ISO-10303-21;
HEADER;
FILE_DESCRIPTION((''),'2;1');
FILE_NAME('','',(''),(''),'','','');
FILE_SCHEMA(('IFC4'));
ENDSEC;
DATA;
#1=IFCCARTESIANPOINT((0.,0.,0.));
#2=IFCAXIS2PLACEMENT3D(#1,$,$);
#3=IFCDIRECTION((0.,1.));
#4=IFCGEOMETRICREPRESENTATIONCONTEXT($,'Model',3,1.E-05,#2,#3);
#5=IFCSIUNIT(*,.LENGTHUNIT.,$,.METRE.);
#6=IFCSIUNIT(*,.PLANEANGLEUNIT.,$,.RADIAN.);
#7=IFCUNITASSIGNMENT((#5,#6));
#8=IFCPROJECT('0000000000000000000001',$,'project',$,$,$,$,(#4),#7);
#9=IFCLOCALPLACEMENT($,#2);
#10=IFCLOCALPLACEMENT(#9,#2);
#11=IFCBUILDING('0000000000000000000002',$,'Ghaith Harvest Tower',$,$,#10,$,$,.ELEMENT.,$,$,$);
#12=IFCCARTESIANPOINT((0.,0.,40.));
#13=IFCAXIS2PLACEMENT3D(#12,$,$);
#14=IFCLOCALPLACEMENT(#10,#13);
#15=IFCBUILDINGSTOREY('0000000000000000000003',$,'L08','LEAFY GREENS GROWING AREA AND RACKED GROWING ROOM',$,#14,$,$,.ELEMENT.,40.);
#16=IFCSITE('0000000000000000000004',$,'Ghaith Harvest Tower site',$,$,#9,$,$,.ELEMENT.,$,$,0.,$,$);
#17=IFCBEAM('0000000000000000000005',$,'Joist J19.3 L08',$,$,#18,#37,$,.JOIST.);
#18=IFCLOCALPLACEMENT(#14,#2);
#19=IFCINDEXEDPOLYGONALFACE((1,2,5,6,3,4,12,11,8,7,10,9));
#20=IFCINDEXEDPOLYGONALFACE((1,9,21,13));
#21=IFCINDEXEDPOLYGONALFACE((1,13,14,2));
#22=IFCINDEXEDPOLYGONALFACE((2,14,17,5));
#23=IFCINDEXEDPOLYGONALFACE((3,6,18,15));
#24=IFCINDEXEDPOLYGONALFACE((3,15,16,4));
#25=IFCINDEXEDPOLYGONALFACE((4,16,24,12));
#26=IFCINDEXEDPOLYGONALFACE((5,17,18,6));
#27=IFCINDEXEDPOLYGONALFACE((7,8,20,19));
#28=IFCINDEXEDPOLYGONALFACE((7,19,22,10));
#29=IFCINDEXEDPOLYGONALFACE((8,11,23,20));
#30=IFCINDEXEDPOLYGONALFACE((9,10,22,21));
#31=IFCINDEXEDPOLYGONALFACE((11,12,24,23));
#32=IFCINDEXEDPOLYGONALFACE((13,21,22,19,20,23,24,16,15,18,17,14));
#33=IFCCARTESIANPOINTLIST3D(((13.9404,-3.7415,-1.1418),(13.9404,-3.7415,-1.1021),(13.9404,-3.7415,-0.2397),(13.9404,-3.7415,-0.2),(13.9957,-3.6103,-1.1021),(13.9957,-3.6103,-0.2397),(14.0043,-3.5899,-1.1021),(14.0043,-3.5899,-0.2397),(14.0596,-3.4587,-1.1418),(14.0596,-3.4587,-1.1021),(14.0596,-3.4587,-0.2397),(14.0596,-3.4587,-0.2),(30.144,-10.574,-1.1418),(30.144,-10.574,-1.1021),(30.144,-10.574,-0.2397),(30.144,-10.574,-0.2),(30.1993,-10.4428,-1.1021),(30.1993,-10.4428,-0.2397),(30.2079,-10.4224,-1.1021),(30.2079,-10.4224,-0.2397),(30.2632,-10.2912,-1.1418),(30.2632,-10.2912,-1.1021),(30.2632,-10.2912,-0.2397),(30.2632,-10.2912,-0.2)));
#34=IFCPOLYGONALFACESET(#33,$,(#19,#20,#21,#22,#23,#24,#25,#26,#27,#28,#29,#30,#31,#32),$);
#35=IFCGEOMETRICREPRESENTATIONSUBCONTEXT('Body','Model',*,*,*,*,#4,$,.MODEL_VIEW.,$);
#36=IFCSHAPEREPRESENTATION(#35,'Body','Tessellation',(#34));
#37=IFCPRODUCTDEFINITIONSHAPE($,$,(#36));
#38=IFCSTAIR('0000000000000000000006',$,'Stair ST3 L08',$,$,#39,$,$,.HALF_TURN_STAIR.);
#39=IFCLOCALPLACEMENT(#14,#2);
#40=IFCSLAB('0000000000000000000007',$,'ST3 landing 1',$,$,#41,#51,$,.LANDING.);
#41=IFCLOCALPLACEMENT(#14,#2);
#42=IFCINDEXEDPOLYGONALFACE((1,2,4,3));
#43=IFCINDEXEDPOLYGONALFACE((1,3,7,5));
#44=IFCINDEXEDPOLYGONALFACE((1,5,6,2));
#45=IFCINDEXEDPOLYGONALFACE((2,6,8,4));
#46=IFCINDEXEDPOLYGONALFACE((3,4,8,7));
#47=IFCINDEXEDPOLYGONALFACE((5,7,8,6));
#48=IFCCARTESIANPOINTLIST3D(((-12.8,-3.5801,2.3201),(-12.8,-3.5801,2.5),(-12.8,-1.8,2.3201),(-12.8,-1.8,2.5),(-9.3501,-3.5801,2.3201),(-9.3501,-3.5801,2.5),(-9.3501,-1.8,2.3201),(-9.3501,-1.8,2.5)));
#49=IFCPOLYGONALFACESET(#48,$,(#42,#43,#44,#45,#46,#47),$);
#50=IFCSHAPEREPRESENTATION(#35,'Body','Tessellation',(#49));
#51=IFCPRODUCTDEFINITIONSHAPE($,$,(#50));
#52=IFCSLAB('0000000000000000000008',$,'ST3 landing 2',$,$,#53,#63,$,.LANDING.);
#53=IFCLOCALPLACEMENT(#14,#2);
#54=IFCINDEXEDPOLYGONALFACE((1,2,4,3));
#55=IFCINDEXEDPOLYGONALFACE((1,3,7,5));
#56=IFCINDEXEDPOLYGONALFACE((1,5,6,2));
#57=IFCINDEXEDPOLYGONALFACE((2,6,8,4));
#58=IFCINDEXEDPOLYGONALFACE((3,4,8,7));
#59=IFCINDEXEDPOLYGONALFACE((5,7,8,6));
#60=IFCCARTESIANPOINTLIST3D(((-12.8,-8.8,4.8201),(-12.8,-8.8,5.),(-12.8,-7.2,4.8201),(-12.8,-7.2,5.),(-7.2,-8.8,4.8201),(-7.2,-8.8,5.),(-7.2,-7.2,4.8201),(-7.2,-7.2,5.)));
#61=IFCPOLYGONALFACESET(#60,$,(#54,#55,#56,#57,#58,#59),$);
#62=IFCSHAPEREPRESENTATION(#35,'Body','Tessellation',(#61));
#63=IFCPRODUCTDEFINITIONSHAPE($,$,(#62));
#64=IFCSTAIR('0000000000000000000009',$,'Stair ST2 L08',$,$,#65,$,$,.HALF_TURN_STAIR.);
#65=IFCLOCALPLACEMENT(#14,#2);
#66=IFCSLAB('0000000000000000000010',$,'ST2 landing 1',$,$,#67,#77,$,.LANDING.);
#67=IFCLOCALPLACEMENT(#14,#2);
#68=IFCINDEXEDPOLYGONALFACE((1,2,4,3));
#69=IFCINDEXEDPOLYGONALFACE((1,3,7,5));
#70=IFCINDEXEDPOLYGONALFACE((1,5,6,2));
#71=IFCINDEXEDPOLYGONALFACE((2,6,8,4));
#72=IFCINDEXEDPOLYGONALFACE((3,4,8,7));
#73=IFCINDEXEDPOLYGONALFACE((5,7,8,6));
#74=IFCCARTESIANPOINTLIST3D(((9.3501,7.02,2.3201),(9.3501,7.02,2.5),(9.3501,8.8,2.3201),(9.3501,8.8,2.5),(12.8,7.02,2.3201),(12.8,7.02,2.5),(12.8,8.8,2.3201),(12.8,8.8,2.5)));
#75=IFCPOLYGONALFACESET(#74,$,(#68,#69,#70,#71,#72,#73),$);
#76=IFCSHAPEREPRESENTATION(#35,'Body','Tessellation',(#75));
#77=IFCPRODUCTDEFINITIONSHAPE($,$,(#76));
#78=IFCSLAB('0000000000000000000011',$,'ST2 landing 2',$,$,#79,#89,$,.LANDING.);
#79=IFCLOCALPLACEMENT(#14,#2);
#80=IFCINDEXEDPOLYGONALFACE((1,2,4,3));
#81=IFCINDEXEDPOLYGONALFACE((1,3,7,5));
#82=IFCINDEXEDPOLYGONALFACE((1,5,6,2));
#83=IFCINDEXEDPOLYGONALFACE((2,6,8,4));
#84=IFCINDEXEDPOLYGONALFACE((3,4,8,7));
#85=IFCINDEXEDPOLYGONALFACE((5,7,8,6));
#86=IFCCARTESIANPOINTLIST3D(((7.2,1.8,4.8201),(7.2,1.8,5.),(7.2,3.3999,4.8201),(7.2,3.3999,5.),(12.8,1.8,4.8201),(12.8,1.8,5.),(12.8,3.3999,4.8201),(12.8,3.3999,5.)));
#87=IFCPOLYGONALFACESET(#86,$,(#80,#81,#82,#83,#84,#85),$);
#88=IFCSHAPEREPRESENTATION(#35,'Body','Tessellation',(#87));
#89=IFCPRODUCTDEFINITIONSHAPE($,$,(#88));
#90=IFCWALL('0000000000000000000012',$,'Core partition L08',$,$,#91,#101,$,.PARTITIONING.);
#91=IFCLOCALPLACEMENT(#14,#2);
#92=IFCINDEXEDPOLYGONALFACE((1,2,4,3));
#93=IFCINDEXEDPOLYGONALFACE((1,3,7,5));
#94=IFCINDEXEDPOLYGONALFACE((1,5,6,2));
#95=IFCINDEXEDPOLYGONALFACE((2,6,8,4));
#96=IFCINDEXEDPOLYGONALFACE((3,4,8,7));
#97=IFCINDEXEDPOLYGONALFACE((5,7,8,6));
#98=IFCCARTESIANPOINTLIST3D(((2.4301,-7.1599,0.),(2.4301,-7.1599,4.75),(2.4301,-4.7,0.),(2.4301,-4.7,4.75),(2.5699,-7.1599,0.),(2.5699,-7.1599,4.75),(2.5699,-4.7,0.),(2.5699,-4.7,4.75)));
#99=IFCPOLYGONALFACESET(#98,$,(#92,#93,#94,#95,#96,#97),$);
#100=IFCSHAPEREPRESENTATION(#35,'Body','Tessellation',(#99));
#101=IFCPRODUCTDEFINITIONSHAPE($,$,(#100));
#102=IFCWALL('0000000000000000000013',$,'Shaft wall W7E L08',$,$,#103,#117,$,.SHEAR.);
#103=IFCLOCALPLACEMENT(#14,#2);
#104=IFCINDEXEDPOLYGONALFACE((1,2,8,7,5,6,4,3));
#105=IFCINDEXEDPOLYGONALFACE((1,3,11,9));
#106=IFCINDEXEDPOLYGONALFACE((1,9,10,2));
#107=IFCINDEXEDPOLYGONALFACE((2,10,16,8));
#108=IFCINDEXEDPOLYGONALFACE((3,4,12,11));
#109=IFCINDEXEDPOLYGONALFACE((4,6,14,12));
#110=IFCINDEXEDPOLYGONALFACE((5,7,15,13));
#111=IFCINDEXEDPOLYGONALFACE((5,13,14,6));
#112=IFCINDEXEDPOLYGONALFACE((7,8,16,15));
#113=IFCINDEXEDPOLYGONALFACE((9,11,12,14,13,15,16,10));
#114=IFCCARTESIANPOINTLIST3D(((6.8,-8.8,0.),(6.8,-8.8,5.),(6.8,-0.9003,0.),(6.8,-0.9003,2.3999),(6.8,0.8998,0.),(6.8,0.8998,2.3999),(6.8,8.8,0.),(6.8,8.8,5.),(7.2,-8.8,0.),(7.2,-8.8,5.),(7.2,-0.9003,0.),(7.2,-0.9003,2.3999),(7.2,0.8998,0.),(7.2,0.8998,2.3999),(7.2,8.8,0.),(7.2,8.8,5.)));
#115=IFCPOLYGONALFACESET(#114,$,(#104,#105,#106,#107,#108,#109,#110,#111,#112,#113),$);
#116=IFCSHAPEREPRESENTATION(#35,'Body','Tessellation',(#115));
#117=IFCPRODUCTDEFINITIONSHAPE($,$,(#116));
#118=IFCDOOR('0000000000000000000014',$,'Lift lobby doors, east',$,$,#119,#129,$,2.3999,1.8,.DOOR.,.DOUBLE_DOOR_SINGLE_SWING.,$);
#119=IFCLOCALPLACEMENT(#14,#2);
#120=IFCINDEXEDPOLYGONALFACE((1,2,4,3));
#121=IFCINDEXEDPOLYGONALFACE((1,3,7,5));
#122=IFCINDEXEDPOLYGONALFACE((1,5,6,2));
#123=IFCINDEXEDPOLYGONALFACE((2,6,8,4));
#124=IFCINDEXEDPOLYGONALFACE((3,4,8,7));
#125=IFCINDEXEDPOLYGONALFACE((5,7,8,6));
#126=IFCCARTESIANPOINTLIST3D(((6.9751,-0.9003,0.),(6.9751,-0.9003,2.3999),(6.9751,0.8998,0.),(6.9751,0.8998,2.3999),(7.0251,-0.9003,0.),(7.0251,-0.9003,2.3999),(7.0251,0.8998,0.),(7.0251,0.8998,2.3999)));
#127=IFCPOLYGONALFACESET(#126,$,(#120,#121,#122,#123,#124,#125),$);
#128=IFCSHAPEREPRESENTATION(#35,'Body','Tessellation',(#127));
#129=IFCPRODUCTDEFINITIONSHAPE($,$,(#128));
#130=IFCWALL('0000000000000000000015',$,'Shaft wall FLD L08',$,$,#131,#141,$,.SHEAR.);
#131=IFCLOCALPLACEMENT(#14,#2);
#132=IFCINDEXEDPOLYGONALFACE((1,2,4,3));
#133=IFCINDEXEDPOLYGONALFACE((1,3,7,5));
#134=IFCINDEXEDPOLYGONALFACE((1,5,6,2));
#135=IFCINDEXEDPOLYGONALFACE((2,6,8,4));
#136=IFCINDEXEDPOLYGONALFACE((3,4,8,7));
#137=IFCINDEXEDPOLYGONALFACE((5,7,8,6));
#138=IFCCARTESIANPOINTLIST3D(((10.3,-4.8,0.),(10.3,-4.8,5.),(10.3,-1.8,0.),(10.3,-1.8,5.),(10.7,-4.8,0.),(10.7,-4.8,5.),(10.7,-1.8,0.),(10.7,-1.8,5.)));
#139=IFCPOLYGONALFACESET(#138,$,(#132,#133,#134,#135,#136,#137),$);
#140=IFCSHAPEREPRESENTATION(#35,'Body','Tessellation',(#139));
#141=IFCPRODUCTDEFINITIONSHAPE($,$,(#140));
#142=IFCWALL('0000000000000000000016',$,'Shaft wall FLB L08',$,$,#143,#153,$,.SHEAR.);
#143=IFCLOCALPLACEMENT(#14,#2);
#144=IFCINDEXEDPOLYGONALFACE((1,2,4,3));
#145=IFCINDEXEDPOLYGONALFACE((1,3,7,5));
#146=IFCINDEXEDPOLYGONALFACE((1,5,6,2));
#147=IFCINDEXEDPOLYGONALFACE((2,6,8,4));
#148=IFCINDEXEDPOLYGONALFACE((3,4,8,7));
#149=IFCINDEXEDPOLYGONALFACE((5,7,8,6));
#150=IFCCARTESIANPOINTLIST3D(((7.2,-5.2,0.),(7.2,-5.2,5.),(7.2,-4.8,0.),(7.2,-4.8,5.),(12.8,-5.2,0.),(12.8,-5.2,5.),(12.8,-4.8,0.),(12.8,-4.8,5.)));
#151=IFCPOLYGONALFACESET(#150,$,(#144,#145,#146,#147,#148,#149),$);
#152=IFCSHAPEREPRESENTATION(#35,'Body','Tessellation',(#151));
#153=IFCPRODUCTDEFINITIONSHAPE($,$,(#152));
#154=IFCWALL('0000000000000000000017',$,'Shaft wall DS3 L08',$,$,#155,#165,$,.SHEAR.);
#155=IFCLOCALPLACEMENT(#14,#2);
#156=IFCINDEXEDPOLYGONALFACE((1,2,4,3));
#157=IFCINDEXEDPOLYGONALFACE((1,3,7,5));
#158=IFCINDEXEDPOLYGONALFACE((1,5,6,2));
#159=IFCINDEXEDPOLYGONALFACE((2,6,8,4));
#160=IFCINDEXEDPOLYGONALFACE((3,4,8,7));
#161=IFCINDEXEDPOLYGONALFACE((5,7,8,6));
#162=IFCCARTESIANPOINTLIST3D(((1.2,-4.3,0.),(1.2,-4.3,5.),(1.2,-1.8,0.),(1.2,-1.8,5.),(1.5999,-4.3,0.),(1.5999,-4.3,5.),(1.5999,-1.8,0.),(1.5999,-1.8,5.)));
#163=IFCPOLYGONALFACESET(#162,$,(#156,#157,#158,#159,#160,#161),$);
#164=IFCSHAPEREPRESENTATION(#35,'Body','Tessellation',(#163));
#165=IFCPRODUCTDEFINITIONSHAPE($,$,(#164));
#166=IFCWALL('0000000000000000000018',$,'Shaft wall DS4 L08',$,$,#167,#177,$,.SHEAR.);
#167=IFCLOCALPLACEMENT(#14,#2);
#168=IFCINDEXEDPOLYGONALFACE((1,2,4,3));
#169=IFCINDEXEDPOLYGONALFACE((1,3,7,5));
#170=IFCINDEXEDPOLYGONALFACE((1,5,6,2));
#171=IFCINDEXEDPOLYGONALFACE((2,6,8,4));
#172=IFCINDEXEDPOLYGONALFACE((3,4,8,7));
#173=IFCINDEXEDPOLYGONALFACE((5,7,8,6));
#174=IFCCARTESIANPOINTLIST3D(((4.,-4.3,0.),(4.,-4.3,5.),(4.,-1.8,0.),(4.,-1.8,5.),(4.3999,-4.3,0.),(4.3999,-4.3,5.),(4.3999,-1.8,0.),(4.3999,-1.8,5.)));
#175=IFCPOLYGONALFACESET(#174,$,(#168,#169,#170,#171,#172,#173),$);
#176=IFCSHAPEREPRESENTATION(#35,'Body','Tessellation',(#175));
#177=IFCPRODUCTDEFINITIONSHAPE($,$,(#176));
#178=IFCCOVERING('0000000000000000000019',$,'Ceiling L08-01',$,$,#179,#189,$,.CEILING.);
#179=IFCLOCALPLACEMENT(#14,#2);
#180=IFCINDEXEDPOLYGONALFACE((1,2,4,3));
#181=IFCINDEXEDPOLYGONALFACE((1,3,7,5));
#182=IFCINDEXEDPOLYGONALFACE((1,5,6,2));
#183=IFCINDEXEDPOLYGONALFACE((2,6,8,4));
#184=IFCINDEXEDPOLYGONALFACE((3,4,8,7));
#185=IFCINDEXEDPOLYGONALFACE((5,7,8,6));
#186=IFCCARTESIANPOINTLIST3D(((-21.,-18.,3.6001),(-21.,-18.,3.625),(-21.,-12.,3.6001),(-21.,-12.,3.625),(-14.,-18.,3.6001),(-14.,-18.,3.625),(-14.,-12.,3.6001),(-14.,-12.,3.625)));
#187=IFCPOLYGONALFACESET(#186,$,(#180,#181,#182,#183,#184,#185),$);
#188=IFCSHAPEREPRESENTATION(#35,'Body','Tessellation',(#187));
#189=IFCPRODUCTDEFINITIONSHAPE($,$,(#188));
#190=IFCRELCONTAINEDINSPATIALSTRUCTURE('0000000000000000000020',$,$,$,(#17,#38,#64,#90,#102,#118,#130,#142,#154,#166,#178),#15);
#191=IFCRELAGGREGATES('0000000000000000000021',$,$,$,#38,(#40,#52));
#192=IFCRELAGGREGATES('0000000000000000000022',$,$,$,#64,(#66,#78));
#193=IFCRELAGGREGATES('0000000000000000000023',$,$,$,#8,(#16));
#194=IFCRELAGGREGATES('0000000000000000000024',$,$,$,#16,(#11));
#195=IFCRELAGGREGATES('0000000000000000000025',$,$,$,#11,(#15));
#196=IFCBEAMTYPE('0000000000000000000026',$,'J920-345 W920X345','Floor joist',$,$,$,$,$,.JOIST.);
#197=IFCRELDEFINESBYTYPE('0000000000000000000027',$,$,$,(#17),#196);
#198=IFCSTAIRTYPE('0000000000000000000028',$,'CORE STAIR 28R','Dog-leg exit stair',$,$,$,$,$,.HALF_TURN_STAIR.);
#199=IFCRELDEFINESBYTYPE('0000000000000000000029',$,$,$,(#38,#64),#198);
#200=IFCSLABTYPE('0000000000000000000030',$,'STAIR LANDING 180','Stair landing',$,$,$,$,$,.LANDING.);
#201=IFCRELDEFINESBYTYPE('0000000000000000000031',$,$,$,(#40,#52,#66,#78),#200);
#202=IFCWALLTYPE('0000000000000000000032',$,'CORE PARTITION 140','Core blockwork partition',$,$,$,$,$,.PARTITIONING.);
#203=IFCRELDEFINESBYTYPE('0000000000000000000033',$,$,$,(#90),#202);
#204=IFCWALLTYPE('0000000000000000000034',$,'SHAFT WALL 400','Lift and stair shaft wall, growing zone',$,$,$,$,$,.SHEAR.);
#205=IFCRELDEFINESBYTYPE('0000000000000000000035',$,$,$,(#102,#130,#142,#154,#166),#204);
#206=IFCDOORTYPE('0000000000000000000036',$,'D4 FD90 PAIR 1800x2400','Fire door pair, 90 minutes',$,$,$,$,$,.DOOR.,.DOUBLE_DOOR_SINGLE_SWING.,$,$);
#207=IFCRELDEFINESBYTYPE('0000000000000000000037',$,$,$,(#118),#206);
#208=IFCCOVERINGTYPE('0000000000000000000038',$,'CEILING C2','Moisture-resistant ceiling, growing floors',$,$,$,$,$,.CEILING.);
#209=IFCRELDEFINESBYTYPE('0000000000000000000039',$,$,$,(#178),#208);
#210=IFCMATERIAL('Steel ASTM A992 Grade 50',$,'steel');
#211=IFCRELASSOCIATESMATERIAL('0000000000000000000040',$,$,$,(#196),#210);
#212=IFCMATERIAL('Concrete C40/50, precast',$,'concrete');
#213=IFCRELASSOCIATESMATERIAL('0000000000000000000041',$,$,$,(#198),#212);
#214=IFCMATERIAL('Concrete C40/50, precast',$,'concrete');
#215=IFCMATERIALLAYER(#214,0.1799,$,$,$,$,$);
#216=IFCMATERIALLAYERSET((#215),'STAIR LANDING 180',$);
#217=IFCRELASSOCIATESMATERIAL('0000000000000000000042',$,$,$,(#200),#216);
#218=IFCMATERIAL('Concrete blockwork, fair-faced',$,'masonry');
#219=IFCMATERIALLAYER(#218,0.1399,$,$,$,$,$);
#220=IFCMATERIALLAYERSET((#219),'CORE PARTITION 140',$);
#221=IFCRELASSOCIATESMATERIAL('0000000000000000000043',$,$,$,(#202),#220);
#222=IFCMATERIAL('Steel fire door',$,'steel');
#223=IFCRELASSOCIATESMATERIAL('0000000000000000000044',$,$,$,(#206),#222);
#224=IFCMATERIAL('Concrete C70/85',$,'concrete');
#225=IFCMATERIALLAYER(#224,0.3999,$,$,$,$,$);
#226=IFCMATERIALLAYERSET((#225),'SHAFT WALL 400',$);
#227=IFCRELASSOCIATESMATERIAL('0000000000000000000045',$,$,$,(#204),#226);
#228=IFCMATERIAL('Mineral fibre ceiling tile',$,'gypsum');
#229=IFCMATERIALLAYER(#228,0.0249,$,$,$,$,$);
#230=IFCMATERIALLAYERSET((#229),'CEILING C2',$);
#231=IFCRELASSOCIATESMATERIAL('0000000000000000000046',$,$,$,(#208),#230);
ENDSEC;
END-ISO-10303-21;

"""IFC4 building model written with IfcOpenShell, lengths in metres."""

from ifc_helpers import new_model, si_unit, direction, frame, frame_2d, origin, origin_2d, place, context, subcontext, project, spatial, polyline, rectangle, i_section, outline, extrude, material, layer, layer_set, material_profile, profile_set, type_object, element, fill, aggregate, save


model = new_model("IFC4")

# Units and contexts
model_context = context("Model", 3, precision=1e-05, world=origin(), true_north=direction((0.0, 1.0)))
body_context = subcontext(model_context, "Body", "Model", "MODEL_VIEW")
ifc_project = project(units=[si_unit("LENGTHUNIT", "METRE"), si_unit("PLANEANGLEUNIT", "RADIAN")], contexts=[model_context])

# Site, building, storey
site_placement = place(None, origin())
site = spatial("IfcSite", under=ifc_project, at=site_placement, Name="Ghaith Harvest Tower site", CompositionType="ELEMENT", RefElevation=0.0)
building_placement = place(site_placement, origin())
building = spatial("IfcBuilding", under=site, at=building_placement, Name="Ghaith Harvest Tower", CompositionType="ELEMENT")
storey_placement = place(building_placement, frame((0.0, 0.0, 40.0)))
storey = spatial("IfcBuildingStorey", under=building, at=storey_placement, Name="L08", Description="LEAFY GREENS GROWING AREA AND RACKED GROWING ROOM", CompositionType="ELEMENT", Elevation=40.0)

# Beam
ifc_material_1 = material(Name="Steel ASTM A992 Grade 50", Category="steel")
ifc_material_profile_1 = material_profile(ifc_material_1, i_section(OverallWidth=0.3069, OverallDepth=0.9419, WebThickness=0.0222, FlangeThickness=0.0398, at=origin_2d()), Name="W920X345")
ifc_profile_set_1 = profile_set([ifc_material_profile_1], Name="Steel ASTM A992 Grade 50")
beam_type_1 = type_object("IfcBeamType", Name="J920-345 W920X345", Description="Floor joist", PredefinedType="JOIST", material=ifc_profile_set_1)
beam_1_placement = place(storey_placement, frame((14.0, -3.6001, -0.6709), z_axis=(0.921433, -0.388537, 0.0), x_axis=(0.388537, 0.921433, 0.0)))
element("IfcBeam", 1, at=beam_1_placement, inside=storey, type_object=beam_type_1, Name="Joist J19.3 L08", PredefinedType="JOIST", context=body_context, shape_type="SweptSolid", body=[
    extrude(i_section(OverallWidth=0.3069, OverallDepth=0.9419, WebThickness=0.0222, FlangeThickness=0.0398, at=origin_2d()), origin(), (0.0, 0.0, 1.0), 17.5852),
])

# Stairs, slabs
ifc_material_2 = material(Name="Concrete C40/50, precast", Category="concrete")
stair_type = type_object("IfcStairType", Name="CORE STAIR 28R", Description="Dog-leg exit stair", PredefinedType="HALF_TURN_STAIR", material=ifc_material_2)
stair_1_placement = place(storey_placement, origin())
stair_1 = element("IfcStair", 2, at=stair_1_placement, inside=storey, type_object=stair_type, Name="Stair ST3 L08", PredefinedType="HALF_TURN_STAIR")
ifc_material_3 = material(Name="Concrete C40/50, precast", Category="concrete")
ifc_layer_1 = layer(ifc_material_3, 0.1799)
ifc_layer_set_1 = layer_set([ifc_layer_1], Name="STAIR LANDING 180")
slab_type = type_object("IfcSlabType", Name="STAIR LANDING 180", Description="Stair landing", PredefinedType="LANDING", material=ifc_layer_set_1)
slab_1_placement = place(storey_placement, frame((0.0, 0.0, 2.3201)))
slab_1 = element("IfcSlab", 3, at=slab_1_placement, type_object=slab_type, Name="ST3 landing 1", PredefinedType="LANDING", context=body_context, shape_type="SweptSolid", body=[
    extrude(outline(polyline([(-12.8, -3.5801), (-12.8, -1.8), (-9.3501, -1.8), (-9.3501, -3.5801), (-12.8, -3.5801)])), origin(), (0.0, 0.0, 1.0), 0.1799),
])
slab_2_placement = place(storey_placement, frame((0.0, 0.0, 4.8201)))
slab_2 = element("IfcSlab", 4, at=slab_2_placement, type_object=slab_type, Name="ST3 landing 2", PredefinedType="LANDING", context=body_context, shape_type="SweptSolid", body=[
    extrude(outline(polyline([(-12.8, -8.8), (-12.8, -7.2), (-7.2, -7.2), (-7.2, -8.8), (-12.8, -8.8)])), origin(), (0.0, 0.0, 1.0), 0.1799),
])
aggregate(stair_1, [slab_1, slab_2])
stair_2_placement = place(storey_placement, origin())
stair_2 = element("IfcStair", 5, at=stair_2_placement, inside=storey, type_object=stair_type, Name="Stair ST2 L08", PredefinedType="HALF_TURN_STAIR")
slab_3_placement = place(storey_placement, frame((0.0, 0.0, 2.3201)))
slab_3 = element("IfcSlab", 6, at=slab_3_placement, type_object=slab_type, Name="ST2 landing 1", PredefinedType="LANDING", context=body_context, shape_type="SweptSolid", body=[
    extrude(outline(polyline([(12.8, 7.02), (12.8, 8.8), (9.3501, 8.8), (9.3501, 7.02), (12.8, 7.02)])), origin(), (0.0, 0.0, 1.0), 0.1799),
])
slab_4_placement = place(storey_placement, frame((0.0, 0.0, 4.8201)))
slab_4 = element("IfcSlab", 7, at=slab_4_placement, type_object=slab_type, Name="ST2 landing 2", PredefinedType="LANDING", context=body_context, shape_type="SweptSolid", body=[
    extrude(outline(polyline([(12.8, 1.8), (12.8, 3.3999), (7.2, 3.3999), (7.2, 1.8), (12.8, 1.8)])), origin(), (0.0, 0.0, 1.0), 0.1799),
])
aggregate(stair_2, [slab_3, slab_4])

# Wall
ifc_material_4 = material(Name="Concrete blockwork, fair-faced", Category="masonry")
ifc_layer_2 = layer(ifc_material_4, 0.1399)
ifc_layer_set_2 = layer_set([ifc_layer_2], Name="CORE PARTITION 140")
wall_type_1 = type_object("IfcWallType", Name="CORE PARTITION 140", Description="Core blockwork partition", PredefinedType="PARTITIONING", material=ifc_layer_set_2)
wall_1_placement = place(storey_placement, frame((2.5, -4.7, 0.0), z_axis=(0.0, 0.0, 1.0), x_axis=(0.0, -1.0, 0.0)))
element("IfcWall", 8, at=wall_1_placement, inside=storey, type_object=wall_type_1, Name="Core partition L08", PredefinedType="PARTITIONING", context=body_context, shape_type="SweptSolid", body=[
    extrude(rectangle(XDim=2.46, YDim=0.1399, at=frame_2d((1.23, 0.0))), origin(), (0.0, 0.0, 1.0), 4.75),
])

# Wall, opening, door
ifc_material_5 = material(Name="Steel fire door", Category="steel")
door_type_1 = type_object("IfcDoorType", Name="D4 FD90 PAIR 1800x2400", Description="Fire door pair, 90 minutes", OperationType="DOUBLE_DOOR_SINGLE_SWING", PredefinedType="DOOR", material=ifc_material_5)
ifc_material_6 = material(Name="Concrete C70/85", Category="concrete")
ifc_layer_3 = layer(ifc_material_6, 0.3999)
ifc_layer_set_3 = layer_set([ifc_layer_3], Name="SHAFT WALL 400")
wall_type_2 = type_object("IfcWallType", Name="SHAFT WALL 400", Description="Lift and stair shaft wall, growing zone", PredefinedType="SHEAR", material=ifc_layer_set_3)
wall_2_placement = place(storey_placement, frame((7.0, -8.8, 0.0), z_axis=(0.0, 0.0, 1.0), x_axis=(0.0, 1.0, 0.0)))
wall_2 = element("IfcWall", 9, at=wall_2_placement, inside=storey, type_object=wall_type_2, Name="Shaft wall W7E L08", PredefinedType="SHEAR", context=body_context, shape_type="SweptSolid", body=[
    extrude(rectangle(XDim=17.6001, YDim=0.3999, at=frame_2d((8.8, 0.0))), origin(), (0.0, 0.0, 1.0), 5.0),
])
opening_1_placement = place(wall_2_placement, frame((7.8999, 0.0, 0.0)))
opening_1 = element("IfcOpeningElement", 10, at=opening_1_placement, cuts=wall_2, PredefinedType="OPENING", context=body_context, shape_type="SweptSolid", body=[
    extrude(rectangle(XDim=1.8, YDim=2.3999, at=frame_2d((0.8999, 1.2))), frame((0.0, 0.21, 0.0), z_axis=(0.0, -1.0, 0.0), x_axis=(1.0, 0.0, 0.0)), (0.0, 0.0, 1.0), 0.4199),
])
door_1_placement = place(opening_1_placement, origin())
door_1 = element("IfcDoor", 11, at=door_1_placement, inside=storey, type_object=door_type_1, Name="Lift lobby doors, east", OperationType="DOUBLE_DOOR_SINGLE_SWING", OverallHeight=2.3999, OverallWidth=1.8, PredefinedType="DOOR", context=body_context, shape_type="SweptSolid", body=[
    extrude(rectangle(XDim=1.8, YDim=2.3999, at=frame_2d((0.8999, 1.2))), frame((0.0, 0.0249, 0.0), z_axis=(0.0, -1.0, 0.0), x_axis=(1.0, 0.0, 0.0)), (0.0, 0.0, 1.0), 0.05),
])
fill(opening_1, door_1)

# Walls
wall_3_placement = place(storey_placement, frame((10.5, -4.8, 0.0), z_axis=(0.0, 0.0, 1.0), x_axis=(0.0, 1.0, 0.0)))
element("IfcWall", 12, at=wall_3_placement, inside=storey, type_object=wall_type_2, Name="Shaft wall FLD L08", PredefinedType="SHEAR", context=body_context, shape_type="SweptSolid", body=[
    extrude(rectangle(XDim=3.0, YDim=0.3999, at=frame_2d((1.5, 0.0))), origin(), (0.0, 0.0, 1.0), 5.0),
])
wall_4_placement = place(storey_placement, frame((7.2, -5.0, 0.0), z_axis=(0.0, 0.0, 1.0), x_axis=(1.0, 0.0, 0.0)))
element("IfcWall", 13, at=wall_4_placement, inside=storey, type_object=wall_type_2, Name="Shaft wall FLB L08", PredefinedType="SHEAR", context=body_context, shape_type="SweptSolid", body=[
    extrude(rectangle(XDim=5.6001, YDim=0.3999, at=frame_2d((2.8, 0.0))), origin(), (0.0, 0.0, 1.0), 5.0),
])
for number, where, z_axis, x_axis, name in (
    (14, (1.3999, -4.3, 0.0), (0.0, 0.0, 1.0), (0.0, 1.0, 0.0), "Shaft wall DS3 L08"),
    (15, (4.2, -4.3, 0.0), (0.0, 0.0, 1.0), (0.0, 1.0, 0.0), "Shaft wall DS4 L08"),
):
    element("IfcWall", number, at=place(storey_placement, frame(where, z_axis=z_axis, x_axis=x_axis)), inside=storey, type_object=wall_type_2, Name=name, PredefinedType="SHEAR", context=body_context, shape_type="SweptSolid", body=[
        extrude(rectangle(XDim=2.5, YDim=0.3999, at=frame_2d((1.25, 0.0))), origin(), (0.0, 0.0, 1.0), 5.0),
    ])

# Covering
ifc_material_7 = material(Name="Mineral fibre ceiling tile", Category="gypsum")
ifc_layer_4 = layer(ifc_material_7, 0.0249)
ifc_layer_set_4 = layer_set([ifc_layer_4], Name="CEILING C2")
covering_type = type_object("IfcCoveringType", Name="CEILING C2", Description="Moisture-resistant ceiling, growing floors", PredefinedType="CEILING", material=ifc_layer_set_4)
covering_1_placement = place(storey_placement, frame((0.0, 0.0, 3.6001)))
element("IfcCovering", 16, at=covering_1_placement, inside=storey, type_object=covering_type, Name="Ceiling L08-01", PredefinedType="CEILING", context=body_context, shape_type="SweptSolid", body=[
    extrude(outline(polyline([(-21.0, -18.0), (-14.0, -18.0), (-14.0, -12.0), (-21.0, -12.0), (-21.0, -18.0)])), origin(), (0.0, 0.0, 1.0), 0.0249),
])

save(model, "model.ifc")
